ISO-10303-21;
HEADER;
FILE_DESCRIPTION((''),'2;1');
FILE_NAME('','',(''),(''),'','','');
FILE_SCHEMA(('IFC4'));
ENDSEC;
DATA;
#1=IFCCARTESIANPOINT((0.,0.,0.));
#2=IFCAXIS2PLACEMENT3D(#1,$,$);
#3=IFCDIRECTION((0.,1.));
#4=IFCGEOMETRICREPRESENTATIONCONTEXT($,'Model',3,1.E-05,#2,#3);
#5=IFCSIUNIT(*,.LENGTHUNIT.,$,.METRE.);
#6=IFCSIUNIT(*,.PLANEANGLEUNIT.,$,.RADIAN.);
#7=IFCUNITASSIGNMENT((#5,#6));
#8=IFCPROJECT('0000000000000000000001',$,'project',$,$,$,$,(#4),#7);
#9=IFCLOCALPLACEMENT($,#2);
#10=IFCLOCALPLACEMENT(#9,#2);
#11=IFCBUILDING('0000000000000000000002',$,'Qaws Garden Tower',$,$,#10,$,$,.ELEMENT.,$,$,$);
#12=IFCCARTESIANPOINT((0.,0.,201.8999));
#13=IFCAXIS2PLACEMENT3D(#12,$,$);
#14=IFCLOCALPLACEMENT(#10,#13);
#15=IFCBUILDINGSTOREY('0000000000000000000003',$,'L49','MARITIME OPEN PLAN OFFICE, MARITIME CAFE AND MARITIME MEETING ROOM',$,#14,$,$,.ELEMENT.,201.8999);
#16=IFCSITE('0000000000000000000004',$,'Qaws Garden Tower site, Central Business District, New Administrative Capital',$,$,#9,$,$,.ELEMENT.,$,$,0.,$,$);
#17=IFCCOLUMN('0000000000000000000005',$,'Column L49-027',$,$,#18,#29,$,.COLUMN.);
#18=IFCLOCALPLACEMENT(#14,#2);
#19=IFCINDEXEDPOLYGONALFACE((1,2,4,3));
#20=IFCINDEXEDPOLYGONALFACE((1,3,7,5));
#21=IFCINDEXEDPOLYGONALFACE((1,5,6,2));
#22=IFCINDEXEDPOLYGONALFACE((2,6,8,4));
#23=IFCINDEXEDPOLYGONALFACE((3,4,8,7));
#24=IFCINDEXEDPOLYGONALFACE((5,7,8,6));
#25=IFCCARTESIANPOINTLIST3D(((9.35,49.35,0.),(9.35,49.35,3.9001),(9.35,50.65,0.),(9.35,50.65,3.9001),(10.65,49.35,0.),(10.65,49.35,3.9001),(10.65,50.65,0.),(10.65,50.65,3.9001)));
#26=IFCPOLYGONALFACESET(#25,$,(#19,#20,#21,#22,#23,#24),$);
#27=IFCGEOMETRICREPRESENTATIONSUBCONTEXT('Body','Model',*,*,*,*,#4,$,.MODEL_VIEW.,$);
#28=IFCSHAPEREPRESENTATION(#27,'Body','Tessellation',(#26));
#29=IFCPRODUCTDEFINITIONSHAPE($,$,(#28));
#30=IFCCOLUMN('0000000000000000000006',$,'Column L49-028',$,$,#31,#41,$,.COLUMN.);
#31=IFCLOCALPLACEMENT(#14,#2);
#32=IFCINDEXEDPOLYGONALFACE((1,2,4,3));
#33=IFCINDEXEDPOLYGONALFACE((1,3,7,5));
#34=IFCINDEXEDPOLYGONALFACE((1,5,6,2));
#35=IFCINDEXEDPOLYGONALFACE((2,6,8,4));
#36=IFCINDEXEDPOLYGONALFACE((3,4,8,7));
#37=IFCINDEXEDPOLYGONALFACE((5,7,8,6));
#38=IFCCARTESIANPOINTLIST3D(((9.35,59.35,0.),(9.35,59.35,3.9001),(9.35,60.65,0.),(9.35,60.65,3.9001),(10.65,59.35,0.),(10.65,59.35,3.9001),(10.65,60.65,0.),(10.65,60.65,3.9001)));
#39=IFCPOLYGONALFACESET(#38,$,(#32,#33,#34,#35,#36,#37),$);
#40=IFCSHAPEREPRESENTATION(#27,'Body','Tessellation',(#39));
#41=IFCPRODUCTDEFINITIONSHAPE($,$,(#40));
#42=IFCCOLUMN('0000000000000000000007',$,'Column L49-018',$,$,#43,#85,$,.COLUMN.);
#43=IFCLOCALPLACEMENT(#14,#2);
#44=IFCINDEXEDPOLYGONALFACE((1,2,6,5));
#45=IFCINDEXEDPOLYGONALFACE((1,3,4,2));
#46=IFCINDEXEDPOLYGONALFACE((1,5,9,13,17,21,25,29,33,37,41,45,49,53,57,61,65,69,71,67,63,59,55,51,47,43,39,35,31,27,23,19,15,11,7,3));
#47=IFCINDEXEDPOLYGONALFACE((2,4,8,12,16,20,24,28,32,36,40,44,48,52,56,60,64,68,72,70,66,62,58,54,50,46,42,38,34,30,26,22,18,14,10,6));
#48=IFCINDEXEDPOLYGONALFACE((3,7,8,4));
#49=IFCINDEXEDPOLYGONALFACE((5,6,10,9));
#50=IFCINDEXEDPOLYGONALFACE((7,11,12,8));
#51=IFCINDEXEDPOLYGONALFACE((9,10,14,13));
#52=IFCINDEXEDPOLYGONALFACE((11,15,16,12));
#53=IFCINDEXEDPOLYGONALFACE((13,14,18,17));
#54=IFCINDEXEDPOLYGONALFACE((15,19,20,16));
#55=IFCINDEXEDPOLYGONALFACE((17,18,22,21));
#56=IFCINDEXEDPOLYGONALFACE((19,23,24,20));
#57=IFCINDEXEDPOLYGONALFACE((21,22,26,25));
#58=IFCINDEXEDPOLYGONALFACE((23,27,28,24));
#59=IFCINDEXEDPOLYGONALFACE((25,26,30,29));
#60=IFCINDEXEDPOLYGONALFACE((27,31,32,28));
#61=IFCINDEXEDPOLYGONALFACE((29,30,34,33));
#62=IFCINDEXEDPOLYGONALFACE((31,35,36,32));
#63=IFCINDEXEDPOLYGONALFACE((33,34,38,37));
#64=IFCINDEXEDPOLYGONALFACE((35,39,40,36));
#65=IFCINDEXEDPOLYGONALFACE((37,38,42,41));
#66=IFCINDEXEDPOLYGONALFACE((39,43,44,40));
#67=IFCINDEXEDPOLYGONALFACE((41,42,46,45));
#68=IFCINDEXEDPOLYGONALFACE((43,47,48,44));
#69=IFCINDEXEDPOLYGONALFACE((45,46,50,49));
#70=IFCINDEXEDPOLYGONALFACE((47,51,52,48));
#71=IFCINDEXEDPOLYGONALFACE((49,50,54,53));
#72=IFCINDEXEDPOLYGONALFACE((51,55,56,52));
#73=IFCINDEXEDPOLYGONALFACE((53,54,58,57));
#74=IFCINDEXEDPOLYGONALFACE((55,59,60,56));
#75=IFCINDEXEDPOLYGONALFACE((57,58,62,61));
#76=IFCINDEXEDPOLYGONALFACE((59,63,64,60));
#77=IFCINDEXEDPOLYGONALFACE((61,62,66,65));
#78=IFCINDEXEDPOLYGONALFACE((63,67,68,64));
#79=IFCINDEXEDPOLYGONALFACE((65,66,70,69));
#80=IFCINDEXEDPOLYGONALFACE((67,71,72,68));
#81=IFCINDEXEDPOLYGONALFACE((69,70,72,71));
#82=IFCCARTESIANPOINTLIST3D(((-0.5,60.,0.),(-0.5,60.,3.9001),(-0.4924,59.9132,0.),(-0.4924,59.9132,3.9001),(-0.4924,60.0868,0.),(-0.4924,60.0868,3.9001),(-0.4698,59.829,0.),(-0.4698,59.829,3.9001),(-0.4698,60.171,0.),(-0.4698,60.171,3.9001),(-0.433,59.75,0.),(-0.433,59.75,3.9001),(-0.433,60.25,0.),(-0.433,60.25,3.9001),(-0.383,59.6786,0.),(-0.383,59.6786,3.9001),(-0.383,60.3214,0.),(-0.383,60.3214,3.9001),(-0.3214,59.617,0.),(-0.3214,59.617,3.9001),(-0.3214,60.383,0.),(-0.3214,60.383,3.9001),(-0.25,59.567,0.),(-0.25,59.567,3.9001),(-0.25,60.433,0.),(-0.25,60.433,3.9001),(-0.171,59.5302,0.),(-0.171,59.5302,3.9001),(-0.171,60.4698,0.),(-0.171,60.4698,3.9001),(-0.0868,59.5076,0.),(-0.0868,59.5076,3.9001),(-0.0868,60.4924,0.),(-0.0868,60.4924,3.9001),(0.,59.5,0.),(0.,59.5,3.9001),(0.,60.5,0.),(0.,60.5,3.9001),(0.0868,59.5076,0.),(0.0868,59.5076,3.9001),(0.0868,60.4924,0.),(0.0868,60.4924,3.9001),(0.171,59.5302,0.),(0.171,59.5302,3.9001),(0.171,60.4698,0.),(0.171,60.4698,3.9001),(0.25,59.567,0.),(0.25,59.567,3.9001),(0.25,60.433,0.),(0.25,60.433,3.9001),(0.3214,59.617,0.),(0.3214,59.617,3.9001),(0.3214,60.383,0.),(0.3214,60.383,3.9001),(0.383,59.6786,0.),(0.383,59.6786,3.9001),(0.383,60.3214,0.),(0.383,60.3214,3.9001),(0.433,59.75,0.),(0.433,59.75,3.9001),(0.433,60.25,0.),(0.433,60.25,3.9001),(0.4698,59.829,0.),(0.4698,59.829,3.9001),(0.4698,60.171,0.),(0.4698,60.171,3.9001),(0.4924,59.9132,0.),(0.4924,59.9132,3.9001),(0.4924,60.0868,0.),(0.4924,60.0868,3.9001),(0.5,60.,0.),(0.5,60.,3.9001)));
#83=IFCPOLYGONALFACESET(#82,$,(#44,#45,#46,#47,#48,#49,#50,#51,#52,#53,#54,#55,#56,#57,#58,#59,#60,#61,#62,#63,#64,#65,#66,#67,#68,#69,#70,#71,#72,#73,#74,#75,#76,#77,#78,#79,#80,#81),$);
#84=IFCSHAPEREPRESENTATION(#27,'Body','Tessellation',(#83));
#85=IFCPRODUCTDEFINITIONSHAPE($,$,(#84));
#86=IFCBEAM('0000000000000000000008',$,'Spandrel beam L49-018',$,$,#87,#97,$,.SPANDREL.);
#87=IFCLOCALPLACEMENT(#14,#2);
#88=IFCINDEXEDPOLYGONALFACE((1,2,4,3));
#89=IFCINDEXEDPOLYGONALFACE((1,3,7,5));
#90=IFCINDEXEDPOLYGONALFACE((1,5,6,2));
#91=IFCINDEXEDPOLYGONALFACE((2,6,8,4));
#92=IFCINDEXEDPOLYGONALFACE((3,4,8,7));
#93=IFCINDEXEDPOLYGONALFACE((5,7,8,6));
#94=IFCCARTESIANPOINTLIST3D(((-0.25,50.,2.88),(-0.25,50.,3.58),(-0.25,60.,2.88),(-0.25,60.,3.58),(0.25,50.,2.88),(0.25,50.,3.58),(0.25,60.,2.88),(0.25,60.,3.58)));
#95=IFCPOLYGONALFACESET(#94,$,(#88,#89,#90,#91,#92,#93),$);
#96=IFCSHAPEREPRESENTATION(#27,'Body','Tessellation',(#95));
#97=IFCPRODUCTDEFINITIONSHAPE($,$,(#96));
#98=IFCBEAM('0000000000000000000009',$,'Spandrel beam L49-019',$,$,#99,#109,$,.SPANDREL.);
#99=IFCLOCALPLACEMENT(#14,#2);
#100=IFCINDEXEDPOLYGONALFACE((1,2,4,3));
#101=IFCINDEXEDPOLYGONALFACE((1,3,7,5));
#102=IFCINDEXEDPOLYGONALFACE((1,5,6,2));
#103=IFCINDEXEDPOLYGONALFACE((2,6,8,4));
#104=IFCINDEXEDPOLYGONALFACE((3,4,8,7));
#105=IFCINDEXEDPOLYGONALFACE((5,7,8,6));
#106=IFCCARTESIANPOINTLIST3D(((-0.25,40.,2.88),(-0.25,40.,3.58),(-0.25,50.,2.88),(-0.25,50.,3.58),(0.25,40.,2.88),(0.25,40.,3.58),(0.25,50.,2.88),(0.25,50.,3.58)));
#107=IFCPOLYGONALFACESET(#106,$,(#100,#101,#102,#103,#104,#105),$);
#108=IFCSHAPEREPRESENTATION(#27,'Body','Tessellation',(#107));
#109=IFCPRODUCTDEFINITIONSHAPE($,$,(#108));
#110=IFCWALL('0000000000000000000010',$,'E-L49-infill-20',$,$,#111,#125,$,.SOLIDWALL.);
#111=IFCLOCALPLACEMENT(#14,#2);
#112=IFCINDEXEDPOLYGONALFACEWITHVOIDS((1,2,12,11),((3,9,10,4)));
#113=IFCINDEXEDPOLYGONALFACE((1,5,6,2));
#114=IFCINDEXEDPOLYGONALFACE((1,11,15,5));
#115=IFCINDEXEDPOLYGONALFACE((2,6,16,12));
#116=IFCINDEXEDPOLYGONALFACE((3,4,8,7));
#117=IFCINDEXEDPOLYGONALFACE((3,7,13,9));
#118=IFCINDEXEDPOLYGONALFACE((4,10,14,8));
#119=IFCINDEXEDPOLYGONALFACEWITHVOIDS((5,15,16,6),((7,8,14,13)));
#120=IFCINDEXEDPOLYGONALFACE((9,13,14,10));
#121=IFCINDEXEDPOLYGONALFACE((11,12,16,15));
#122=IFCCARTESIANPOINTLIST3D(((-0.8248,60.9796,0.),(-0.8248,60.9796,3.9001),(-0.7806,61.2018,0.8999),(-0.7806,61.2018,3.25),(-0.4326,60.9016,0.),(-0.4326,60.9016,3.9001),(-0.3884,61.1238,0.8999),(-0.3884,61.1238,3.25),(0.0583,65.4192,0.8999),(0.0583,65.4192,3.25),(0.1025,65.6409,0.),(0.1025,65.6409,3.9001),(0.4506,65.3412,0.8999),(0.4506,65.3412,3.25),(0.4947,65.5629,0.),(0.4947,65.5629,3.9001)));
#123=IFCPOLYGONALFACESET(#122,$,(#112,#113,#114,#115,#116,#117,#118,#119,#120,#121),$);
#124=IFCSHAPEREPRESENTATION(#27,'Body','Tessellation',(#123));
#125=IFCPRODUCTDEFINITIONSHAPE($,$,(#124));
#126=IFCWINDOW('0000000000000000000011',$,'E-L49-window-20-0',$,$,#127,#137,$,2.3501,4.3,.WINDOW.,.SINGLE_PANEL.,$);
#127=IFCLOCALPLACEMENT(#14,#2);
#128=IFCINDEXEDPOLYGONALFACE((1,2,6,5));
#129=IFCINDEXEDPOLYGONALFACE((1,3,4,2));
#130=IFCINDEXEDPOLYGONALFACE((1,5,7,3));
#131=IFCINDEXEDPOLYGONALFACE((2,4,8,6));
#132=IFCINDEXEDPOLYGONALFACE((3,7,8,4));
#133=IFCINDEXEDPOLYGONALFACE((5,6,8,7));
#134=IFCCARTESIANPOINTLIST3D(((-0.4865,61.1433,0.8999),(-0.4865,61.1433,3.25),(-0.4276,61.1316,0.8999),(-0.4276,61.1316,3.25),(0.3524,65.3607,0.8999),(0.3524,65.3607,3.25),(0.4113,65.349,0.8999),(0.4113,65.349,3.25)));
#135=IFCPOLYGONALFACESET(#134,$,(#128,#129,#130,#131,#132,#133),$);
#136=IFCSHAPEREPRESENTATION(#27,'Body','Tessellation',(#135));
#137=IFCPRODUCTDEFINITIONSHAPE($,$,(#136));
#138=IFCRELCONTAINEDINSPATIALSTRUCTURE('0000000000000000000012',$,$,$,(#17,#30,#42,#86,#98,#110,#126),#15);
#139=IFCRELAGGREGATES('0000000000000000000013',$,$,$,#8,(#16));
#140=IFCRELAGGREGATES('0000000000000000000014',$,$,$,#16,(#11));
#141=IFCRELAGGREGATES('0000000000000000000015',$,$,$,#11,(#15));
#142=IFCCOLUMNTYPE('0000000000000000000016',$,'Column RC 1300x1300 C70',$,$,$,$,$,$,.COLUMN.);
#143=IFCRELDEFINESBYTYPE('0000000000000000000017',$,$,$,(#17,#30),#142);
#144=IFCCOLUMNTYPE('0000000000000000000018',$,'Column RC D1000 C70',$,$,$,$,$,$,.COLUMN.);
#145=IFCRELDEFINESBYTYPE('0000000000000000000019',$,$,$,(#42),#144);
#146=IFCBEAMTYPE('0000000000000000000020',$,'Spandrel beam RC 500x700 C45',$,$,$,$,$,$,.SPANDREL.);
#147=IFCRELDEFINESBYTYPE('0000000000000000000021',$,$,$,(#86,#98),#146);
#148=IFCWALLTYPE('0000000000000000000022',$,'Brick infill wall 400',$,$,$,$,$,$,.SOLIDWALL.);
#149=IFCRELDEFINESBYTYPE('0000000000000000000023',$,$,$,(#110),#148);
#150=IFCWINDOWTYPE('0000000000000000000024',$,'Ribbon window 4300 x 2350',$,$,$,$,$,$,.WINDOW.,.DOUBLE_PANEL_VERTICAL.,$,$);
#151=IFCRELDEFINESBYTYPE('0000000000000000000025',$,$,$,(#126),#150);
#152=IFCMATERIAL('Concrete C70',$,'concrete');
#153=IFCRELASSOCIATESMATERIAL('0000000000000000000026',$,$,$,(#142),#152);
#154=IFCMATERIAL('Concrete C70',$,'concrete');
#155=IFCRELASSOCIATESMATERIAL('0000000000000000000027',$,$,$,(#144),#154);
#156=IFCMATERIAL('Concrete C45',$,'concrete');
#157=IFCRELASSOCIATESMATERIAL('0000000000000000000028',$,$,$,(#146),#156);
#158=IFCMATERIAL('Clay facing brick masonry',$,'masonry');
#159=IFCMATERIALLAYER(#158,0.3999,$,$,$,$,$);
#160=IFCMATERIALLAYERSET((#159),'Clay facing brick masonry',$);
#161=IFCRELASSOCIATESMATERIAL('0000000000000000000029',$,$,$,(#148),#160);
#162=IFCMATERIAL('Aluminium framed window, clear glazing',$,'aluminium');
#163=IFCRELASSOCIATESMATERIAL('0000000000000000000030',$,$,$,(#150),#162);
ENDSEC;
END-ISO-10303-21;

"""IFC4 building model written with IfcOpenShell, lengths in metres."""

from ifc_helpers import new_model, si_unit, direction, frame, frame_2d, origin, origin_2d, place, context, subcontext, project, spatial, rectangle, circle, extrude, material, layer, layer_set, material_profile, profile_set, type_object, element, fill, save


model = new_model("IFC4")

# Units and contexts
model_context = context("Model", 3, precision=1e-05, world=origin(), true_north=direction((0.0, 1.0)))
body_context = subcontext(model_context, "Body", "Model", "MODEL_VIEW")
ifc_project = project(units=[si_unit("LENGTHUNIT", "METRE"), si_unit("PLANEANGLEUNIT", "RADIAN")], contexts=[model_context])

# Site, building, storey
site_placement = place(None, origin())
site = spatial("IfcSite", under=ifc_project, at=site_placement, Name="Qaws Garden Tower site, Central Business District, New Administrative Capital", CompositionType="ELEMENT", RefElevation=0.0)
building_placement = place(site_placement, origin())
building = spatial("IfcBuilding", under=site, at=building_placement, Name="Qaws Garden Tower", CompositionType="ELEMENT")
storey_placement = place(building_placement, frame((0.0, 0.0, 201.8999)))
storey = spatial("IfcBuildingStorey", under=building, at=storey_placement, Name="L49", Description="MARITIME OPEN PLAN OFFICE, MARITIME CAFE AND MARITIME MEETING ROOM", CompositionType="ELEMENT", Elevation=201.8999)

# Columns
ifc_material_1 = material(Name="Concrete C70", Category="concrete")
ifc_material_profile_1 = material_profile(ifc_material_1, rectangle(XDim=1.3, YDim=1.3, at=origin_2d()), Name="RC 1300x1300")
ifc_profile_set_1 = profile_set([ifc_material_profile_1], Name="Concrete C70")
column_type_1 = type_object("IfcColumnType", Name="Column RC 1300x1300 C70", PredefinedType="COLUMN", material=ifc_profile_set_1)
for number, where, z_axis, x_axis, name in (
    (1, (10.0, 50.0, 0.0), (0.0, 0.0, 1.0), (1.0, 0.0, 0.0), "Column L49-027"),
    (2, (10.0, 60.0, 0.0), (0.0, 0.0, 1.0), (1.0, 0.0, 0.0), "Column L49-028"),
):
    element("IfcColumn", number, at=place(storey_placement, frame(where, z_axis=z_axis, x_axis=x_axis)), inside=storey, type_object=column_type_1, Name=name, PredefinedType="COLUMN", context=body_context, shape_type="SweptSolid", body=[
        extrude(rectangle(XDim=1.3, YDim=1.3, at=origin_2d()), origin(), (0.0, 0.0, 1.0), 3.9001),
    ])
ifc_material_2 = material(Name="Concrete C70", Category="concrete")
ifc_material_profile_2 = material_profile(ifc_material_2, circle(Radius=0.5, at=origin_2d()), Name="RC D1000")
ifc_profile_set_2 = profile_set([ifc_material_profile_2], Name="Concrete C70")
column_type_2 = type_object("IfcColumnType", Name="Column RC D1000 C70", PredefinedType="COLUMN", material=ifc_profile_set_2)
column_placement = place(storey_placement, frame((0.0, 60.0, 0.0), z_axis=(0.0, 0.0, 1.0), x_axis=(1.0, 0.0, 0.0)))
element("IfcColumn", 3, at=column_placement, inside=storey, type_object=column_type_2, Name="Column L49-018", PredefinedType="COLUMN", context=body_context, shape_type="SweptSolid", body=[
    extrude(circle(Radius=0.5, at=origin_2d()), origin(), (0.0, 0.0, 1.0), 3.9001),
])

# Beams
ifc_material_3 = material(Name="Concrete C45", Category="concrete")
ifc_material_profile_3 = material_profile(ifc_material_3, rectangle(XDim=0.5, YDim=0.7, at=origin_2d()), Name="RC 500x700")
ifc_profile_set_3 = profile_set([ifc_material_profile_3], Name="Concrete C45")
beam_type = type_object("IfcBeamType", Name="Spandrel beam RC 500x700 C45", PredefinedType="SPANDREL", material=ifc_profile_set_3)
for number, where, z_axis, x_axis, name in (
    (4, (0.0, 60.0, 3.23), (0.0, -1.0, 0.0), (1.0, 0.0, 0.0), "Spandrel beam L49-018"),
    (5, (0.0, 50.0, 3.23), (0.0, -1.0, 0.0), (1.0, 0.0, 0.0), "Spandrel beam L49-019"),
):
    element("IfcBeam", number, at=place(storey_placement, frame(where, z_axis=z_axis, x_axis=x_axis)), inside=storey, type_object=beam_type, Name=name, PredefinedType="SPANDREL", context=body_context, shape_type="SweptSolid", body=[
        extrude(rectangle(XDim=0.5, YDim=0.7, at=origin_2d()), origin(), (0.0, 0.0, 1.0), 10.0),
    ])

# Wall, opening, window
ifc_material_4 = material(Name="Clay facing brick masonry", Category="masonry")
ifc_layer_1 = layer(ifc_material_4, 0.3999)
ifc_layer_set_1 = layer_set([ifc_layer_1], Name="Clay facing brick masonry")
wall_type_1 = type_object("IfcWallType", Name="Brick infill wall 400", PredefinedType="SOLIDWALL", material=ifc_layer_set_1)
wall_1_placement = place(storey_placement, frame((0.2986, 65.6021, 0.0), z_axis=(0.0, 0.0, 1.0), x_axis=(-0.195099, -0.980784, 0.0)))
wall_1 = element("IfcWall", 6, at=wall_1_placement, inside=storey, type_object=wall_type_1, Name="E-L49-infill-20", PredefinedType="SOLIDWALL", context=body_context, shape_type="SweptSolid", body=[
    extrude(rectangle(XDim=4.7527, YDim=0.3999, at=frame_2d((2.3765, 0.0))), origin(), (0.0, 0.0, 1.0), 3.9001),
])
opening_1_placement = place(wall_1_placement, frame((0.2263, 0.0, 0.8999)))
opening_1 = element("IfcOpeningElement", 7, at=opening_1_placement, cuts=wall_1, PredefinedType="OPENING", context=body_context, shape_type="SweptSolid", body=[
    extrude(rectangle(XDim=4.3, YDim=2.3501, at=frame_2d((2.1499, 1.175))), frame((0.0, 0.21, 0.0), z_axis=(0.0, -1.0, 0.0), x_axis=(1.0, 0.0, 0.0)), (0.0, 0.0, 1.0), 0.4199),
])
ifc_material_5 = material(Name="Aluminium framed window, clear glazing", Category="aluminium")
window_type_1 = type_object("IfcWindowType", Name="Ribbon window 4300 x 2350", PartitioningType="DOUBLE_PANEL_VERTICAL", PredefinedType="WINDOW", material=ifc_material_5)
window_1_placement = place(opening_1_placement, origin())
window_1 = element("IfcWindow", 8, at=window_1_placement, inside=storey, type_object=window_type_1, Name="E-L49-window-20-0", OverallHeight=2.3501, OverallWidth=4.3, PartitioningType="SINGLE_PANEL", PredefinedType="WINDOW", context=body_context, shape_type="SweptSolid", body=[
    extrude(rectangle(XDim=4.3, YDim=2.3501, at=frame_2d((2.1499, 1.175))), frame((0.0, 0.1599, 0.0), z_axis=(0.0, -1.0, 0.0), x_axis=(1.0, 0.0, 0.0)), (0.0, 0.0, 1.0), 0.0601),
])
fill(opening_1, window_1)

save(model, "model.ifc")
